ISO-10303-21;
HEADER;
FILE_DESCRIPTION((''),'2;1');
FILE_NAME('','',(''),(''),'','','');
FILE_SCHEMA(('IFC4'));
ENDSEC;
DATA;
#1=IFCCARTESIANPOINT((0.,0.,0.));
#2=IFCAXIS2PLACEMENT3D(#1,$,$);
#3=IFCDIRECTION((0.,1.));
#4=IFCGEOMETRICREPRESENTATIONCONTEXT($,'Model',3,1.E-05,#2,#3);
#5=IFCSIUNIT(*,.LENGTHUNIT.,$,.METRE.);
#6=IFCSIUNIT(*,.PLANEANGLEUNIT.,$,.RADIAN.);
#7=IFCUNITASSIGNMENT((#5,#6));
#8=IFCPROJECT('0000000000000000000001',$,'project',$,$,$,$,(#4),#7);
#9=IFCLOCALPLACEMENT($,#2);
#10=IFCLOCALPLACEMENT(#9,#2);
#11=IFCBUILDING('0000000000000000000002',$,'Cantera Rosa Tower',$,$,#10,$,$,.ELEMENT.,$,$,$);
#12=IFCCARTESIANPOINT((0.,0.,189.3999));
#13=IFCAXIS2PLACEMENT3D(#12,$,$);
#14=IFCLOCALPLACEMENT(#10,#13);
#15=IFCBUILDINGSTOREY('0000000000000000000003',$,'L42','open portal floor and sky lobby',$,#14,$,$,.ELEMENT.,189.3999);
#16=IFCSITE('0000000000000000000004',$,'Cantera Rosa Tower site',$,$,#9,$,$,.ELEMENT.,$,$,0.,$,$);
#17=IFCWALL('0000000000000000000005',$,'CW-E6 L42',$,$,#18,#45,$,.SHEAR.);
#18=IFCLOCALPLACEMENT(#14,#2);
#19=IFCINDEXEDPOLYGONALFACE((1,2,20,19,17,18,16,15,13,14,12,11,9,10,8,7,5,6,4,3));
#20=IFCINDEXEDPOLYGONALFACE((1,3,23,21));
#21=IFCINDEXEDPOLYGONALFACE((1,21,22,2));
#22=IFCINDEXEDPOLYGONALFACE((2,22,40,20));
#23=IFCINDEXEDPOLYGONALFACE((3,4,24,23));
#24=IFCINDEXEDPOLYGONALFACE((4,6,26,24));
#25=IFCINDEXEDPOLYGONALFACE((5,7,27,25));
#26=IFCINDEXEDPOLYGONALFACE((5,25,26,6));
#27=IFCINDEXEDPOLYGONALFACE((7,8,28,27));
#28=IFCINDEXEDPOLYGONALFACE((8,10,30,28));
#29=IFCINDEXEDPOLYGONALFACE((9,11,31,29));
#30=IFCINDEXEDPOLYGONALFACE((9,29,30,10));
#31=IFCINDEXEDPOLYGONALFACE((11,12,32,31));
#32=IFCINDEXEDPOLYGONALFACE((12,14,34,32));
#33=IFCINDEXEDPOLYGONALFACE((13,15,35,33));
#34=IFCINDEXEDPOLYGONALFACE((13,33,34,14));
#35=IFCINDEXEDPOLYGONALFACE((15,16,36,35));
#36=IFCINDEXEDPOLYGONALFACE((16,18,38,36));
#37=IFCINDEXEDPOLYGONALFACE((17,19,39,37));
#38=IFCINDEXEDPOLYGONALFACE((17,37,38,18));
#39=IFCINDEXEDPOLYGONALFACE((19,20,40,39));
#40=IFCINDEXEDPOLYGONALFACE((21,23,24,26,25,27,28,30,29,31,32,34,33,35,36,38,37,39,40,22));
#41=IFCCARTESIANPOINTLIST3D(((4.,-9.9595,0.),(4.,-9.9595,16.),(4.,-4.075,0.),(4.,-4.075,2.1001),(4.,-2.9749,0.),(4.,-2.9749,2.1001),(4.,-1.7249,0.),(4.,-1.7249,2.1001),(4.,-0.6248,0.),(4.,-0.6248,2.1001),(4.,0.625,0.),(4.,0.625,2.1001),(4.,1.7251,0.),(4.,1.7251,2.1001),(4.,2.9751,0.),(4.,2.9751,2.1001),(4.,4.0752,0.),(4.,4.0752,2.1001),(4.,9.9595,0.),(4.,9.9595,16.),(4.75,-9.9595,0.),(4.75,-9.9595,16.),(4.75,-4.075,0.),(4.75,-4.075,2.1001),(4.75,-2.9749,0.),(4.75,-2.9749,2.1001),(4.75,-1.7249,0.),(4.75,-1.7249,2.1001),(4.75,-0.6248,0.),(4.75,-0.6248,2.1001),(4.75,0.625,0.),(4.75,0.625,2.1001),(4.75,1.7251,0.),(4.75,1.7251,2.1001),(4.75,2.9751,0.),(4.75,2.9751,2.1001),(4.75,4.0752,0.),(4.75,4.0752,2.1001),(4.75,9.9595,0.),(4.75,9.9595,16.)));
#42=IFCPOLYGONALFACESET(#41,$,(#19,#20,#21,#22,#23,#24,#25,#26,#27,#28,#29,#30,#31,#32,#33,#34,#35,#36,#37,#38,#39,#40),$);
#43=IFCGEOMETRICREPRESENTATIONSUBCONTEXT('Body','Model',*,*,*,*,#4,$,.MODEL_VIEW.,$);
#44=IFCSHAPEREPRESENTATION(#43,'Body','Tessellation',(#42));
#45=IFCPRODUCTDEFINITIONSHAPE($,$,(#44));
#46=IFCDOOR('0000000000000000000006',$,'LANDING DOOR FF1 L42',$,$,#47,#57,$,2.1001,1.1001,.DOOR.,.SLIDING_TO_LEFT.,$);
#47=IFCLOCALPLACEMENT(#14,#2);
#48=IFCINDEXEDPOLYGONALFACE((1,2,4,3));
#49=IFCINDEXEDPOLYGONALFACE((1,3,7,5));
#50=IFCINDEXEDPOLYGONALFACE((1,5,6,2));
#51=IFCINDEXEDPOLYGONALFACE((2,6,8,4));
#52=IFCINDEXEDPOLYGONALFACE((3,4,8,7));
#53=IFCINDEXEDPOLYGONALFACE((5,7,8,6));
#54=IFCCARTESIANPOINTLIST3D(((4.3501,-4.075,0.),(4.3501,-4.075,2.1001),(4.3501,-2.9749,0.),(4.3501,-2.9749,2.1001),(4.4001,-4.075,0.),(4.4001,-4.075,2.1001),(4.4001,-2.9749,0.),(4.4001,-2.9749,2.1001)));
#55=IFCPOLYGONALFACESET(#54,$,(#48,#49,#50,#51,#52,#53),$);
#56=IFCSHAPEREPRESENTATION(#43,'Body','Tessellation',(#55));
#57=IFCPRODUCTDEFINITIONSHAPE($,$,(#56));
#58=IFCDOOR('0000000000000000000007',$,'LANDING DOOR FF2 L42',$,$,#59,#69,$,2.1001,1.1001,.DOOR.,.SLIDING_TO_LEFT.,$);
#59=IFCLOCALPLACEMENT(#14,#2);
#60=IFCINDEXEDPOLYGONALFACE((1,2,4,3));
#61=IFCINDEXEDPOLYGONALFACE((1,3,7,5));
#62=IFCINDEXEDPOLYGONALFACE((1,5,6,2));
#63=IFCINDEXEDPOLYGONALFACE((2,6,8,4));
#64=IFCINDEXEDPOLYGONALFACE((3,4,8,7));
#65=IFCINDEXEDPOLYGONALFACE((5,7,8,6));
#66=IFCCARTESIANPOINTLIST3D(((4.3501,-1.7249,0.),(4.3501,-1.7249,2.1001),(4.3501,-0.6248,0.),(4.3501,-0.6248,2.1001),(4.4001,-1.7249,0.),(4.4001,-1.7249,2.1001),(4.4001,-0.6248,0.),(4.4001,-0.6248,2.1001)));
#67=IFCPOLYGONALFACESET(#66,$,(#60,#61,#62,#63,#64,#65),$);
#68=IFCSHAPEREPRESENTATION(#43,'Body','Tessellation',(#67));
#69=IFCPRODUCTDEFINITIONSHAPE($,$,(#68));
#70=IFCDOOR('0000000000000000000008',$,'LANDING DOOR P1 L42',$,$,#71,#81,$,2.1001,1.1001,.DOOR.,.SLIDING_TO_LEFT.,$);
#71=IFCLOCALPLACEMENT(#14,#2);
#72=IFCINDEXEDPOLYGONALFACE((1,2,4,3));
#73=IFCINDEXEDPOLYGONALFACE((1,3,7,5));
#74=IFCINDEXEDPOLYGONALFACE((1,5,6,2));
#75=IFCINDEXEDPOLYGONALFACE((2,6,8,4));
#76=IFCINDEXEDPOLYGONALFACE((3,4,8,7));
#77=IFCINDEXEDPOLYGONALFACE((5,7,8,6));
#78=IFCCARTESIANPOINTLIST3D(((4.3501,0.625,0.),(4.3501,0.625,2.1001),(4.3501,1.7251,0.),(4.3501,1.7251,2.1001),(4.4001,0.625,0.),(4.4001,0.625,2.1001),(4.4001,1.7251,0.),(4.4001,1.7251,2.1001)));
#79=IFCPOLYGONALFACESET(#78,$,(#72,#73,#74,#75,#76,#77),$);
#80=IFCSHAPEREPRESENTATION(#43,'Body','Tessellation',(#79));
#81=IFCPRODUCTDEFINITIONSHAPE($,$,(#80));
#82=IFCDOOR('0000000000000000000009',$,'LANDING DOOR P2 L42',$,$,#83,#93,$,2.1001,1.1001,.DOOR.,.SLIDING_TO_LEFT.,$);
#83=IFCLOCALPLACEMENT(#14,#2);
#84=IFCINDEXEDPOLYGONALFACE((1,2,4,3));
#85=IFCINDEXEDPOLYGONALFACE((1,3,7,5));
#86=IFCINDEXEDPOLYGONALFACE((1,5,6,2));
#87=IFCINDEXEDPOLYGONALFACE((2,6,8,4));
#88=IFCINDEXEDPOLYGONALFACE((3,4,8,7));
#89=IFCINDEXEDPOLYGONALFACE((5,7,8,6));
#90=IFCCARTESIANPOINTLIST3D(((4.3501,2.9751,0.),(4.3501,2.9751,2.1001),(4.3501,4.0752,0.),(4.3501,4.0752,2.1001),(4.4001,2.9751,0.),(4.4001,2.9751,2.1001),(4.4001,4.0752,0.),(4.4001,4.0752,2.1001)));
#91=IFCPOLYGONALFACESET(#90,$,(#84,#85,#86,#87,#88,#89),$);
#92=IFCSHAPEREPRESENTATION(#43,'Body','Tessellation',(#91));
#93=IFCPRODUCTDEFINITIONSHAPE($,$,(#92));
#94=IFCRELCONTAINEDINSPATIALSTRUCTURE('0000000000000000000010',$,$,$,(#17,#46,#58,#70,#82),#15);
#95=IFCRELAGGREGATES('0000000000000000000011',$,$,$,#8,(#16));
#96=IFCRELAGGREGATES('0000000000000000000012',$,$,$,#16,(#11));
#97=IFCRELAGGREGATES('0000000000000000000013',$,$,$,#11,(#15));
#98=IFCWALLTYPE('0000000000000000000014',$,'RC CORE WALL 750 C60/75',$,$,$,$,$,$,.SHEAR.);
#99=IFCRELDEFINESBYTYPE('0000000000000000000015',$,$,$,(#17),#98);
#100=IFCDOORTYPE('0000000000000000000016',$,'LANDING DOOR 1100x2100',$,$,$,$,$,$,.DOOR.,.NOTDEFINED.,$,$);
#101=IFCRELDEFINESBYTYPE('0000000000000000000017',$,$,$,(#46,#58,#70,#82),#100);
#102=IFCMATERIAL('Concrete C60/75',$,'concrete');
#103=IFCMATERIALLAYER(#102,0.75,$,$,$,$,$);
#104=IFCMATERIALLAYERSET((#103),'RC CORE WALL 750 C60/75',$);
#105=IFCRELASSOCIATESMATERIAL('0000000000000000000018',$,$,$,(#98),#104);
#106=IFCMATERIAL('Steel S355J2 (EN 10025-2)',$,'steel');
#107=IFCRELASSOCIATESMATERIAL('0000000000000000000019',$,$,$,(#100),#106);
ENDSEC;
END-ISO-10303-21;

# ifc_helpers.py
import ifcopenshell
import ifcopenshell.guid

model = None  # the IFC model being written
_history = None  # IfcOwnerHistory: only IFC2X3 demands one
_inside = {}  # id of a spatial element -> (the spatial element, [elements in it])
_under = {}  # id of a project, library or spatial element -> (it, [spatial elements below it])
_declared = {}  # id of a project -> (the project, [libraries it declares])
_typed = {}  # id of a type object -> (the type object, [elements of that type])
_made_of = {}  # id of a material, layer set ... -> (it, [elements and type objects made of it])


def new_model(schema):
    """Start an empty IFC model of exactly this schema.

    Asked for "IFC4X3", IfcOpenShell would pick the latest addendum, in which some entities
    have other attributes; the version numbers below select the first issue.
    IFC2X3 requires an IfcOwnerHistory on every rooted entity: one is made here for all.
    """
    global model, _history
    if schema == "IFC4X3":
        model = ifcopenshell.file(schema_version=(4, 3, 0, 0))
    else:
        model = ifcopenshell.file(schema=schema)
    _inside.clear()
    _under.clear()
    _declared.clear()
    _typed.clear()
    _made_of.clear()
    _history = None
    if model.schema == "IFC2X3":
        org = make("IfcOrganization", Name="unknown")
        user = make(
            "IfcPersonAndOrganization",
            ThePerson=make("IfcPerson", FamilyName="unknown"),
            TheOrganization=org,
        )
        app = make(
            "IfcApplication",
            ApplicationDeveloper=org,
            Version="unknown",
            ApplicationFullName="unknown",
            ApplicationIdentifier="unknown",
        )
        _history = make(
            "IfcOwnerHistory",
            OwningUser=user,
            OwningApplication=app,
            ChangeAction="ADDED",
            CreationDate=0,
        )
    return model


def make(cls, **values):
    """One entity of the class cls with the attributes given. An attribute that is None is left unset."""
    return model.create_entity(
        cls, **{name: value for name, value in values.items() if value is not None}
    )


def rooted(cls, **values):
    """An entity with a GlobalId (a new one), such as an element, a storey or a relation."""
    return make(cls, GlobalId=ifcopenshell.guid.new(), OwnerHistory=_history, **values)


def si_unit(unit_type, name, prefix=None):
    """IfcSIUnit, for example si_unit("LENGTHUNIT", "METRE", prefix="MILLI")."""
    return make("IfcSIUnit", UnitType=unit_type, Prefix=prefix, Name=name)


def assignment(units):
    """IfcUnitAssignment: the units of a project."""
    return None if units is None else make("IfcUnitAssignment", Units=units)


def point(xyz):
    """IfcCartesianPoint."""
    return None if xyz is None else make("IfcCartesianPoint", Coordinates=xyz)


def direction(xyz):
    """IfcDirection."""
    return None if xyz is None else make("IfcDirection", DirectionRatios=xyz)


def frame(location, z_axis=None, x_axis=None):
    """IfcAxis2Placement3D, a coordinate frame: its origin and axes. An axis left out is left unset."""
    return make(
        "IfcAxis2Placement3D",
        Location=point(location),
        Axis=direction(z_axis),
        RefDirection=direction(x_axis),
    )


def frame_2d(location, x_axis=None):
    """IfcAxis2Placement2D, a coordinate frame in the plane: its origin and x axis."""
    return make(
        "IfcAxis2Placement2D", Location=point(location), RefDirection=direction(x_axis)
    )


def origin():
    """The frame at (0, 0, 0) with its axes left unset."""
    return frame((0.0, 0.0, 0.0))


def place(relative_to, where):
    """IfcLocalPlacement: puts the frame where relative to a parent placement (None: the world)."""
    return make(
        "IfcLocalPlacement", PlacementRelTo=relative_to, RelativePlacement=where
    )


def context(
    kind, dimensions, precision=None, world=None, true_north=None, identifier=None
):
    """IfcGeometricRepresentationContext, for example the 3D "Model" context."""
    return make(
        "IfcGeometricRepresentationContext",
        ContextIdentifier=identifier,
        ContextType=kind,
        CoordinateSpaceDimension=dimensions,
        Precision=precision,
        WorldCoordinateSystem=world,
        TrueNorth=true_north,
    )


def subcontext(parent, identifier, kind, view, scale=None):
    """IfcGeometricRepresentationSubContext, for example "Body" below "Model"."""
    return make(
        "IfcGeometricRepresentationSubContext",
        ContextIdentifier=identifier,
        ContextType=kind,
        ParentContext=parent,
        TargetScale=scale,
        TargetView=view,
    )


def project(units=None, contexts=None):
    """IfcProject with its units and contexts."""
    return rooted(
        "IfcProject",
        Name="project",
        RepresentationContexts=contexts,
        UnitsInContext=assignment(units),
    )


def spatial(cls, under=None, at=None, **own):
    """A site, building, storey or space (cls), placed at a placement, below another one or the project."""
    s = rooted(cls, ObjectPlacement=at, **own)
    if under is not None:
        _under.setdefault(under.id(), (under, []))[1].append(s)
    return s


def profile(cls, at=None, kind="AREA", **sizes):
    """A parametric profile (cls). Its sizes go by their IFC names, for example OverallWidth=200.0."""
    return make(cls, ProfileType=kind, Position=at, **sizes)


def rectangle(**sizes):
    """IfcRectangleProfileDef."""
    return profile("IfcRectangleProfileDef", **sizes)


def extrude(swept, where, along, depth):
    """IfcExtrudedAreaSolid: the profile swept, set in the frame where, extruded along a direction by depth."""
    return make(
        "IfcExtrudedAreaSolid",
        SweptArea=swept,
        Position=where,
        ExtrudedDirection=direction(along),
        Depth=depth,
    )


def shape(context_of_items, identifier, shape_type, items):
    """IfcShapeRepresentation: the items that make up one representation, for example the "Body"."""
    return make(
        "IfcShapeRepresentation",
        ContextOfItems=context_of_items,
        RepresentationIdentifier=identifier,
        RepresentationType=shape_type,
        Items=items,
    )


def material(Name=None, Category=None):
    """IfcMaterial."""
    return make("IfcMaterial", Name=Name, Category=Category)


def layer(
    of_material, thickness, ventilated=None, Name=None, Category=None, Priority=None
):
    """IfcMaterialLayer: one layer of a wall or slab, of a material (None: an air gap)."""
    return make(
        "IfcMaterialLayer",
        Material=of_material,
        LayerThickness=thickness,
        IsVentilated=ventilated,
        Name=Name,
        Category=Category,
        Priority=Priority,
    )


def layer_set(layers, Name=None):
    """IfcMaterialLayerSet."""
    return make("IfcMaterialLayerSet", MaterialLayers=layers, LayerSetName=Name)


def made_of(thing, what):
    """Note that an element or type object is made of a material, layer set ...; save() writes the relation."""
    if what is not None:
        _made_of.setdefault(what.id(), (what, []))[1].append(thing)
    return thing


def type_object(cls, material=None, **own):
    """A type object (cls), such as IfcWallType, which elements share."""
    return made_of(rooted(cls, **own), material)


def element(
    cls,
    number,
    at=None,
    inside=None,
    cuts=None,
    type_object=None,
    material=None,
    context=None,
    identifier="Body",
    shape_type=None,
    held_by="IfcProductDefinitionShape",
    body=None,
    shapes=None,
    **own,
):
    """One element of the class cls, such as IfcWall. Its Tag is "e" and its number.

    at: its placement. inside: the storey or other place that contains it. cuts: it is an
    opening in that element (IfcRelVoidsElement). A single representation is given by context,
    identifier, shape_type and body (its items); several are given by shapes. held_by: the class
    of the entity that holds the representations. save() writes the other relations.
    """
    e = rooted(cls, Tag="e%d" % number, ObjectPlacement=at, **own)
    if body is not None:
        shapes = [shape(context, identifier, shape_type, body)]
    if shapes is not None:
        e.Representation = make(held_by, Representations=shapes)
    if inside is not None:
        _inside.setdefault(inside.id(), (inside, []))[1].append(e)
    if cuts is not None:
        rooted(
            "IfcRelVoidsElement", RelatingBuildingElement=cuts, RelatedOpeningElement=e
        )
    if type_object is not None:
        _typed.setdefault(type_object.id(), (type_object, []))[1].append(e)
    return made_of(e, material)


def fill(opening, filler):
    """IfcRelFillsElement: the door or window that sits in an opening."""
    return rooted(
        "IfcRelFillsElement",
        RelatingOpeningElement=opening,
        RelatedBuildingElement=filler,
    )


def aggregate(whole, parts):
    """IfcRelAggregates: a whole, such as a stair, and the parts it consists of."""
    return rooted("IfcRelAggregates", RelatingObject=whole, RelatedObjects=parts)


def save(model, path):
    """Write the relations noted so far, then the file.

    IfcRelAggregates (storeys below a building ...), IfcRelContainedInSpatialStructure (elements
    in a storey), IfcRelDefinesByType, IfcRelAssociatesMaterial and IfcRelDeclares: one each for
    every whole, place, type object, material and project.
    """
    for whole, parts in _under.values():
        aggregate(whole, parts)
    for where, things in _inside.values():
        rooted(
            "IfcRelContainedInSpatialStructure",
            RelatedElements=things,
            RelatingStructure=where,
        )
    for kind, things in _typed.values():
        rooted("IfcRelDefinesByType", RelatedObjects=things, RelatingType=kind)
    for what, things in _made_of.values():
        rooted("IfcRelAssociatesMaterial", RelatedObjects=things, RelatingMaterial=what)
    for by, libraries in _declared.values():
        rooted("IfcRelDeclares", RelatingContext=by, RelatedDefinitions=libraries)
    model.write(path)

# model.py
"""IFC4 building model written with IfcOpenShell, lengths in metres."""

from ifc_helpers import new_model, si_unit, direction, frame, frame_2d, origin, place, context, subcontext, project, spatial, rectangle, extrude, material, layer, layer_set, type_object, element, fill, save


model = new_model("IFC4")

# Units and contexts
model_context = context("Model", 3, precision=1e-05, world=origin(), true_north=direction((0.0, 1.0)))
body_context = subcontext(model_context, "Body", "Model", "MODEL_VIEW")
ifc_project = project(units=[si_unit("LENGTHUNIT", "METRE"), si_unit("PLANEANGLEUNIT", "RADIAN")], contexts=[model_context])

# Site, building, storey
site_placement = place(None, origin())
site = spatial("IfcSite", under=ifc_project, at=site_placement, Name="Cantera Rosa Tower site", CompositionType="ELEMENT", RefElevation=0.0)
building_placement = place(site_placement, origin())
building = spatial("IfcBuilding", under=site, at=building_placement, Name="Cantera Rosa Tower", CompositionType="ELEMENT")
storey_placement = place(building_placement, frame((0.0, 0.0, 189.3999)))
storey = spatial("IfcBuildingStorey", under=building, at=storey_placement, Name="L42", Description="open portal floor and sky lobby", CompositionType="ELEMENT", Elevation=189.3999)

# Shared definitions
ifc_material_1 = material(Name="Concrete C60/75", Category="concrete")
ifc_layer_1 = layer(ifc_material_1, 0.75)
ifc_layer_set_1 = layer_set([ifc_layer_1], Name="RC CORE WALL 750 C60/75")
wall_type_1 = type_object("IfcWallType", Name="RC CORE WALL 750 C60/75", PredefinedType="SHEAR", material=ifc_layer_set_1)

# Wall, openings, doors
wall_1_placement = place(storey_placement, frame((4.375, -9.9595, 0.0), z_axis=(0.0, 0.0, 1.0), x_axis=(0.0, 1.0, 0.0)))
wall_1 = element("IfcWall", 1, at=wall_1_placement, inside=storey, type_object=wall_type_1, Name="CW-E6 L42", PredefinedType="SHEAR", context=body_context, shape_type="SweptSolid", body=[
    extrude(rectangle(XDim=19.9189, YDim=0.75, at=frame_2d((9.9595, 0.0))), origin(), (0.0, 0.0, 1.0), 16.0),
])
opening_1_placement = place(wall_1_placement, frame((5.8845, 0.0, 0.0)))
opening_1 = element("IfcOpeningElement", 2, at=opening_1_placement, cuts=wall_1, PredefinedType="OPENING", context=body_context, shape_type="SweptSolid", body=[
    extrude(rectangle(XDim=1.1001, YDim=2.1001, at=frame_2d((0.55, 1.05))), frame((0.0, 0.385, 0.0), z_axis=(0.0, -1.0, 0.0), x_axis=(1.0, 0.0, 0.0)), (0.0, 0.0, 1.0), 0.77),
])
opening_2_placement = place(wall_1_placement, frame((8.2346, 0.0, 0.0)))
opening_2 = element("IfcOpeningElement", 3, at=opening_2_placement, cuts=wall_1, PredefinedType="OPENING", context=body_context, shape_type="SweptSolid", body=[
    extrude(rectangle(XDim=1.1001, YDim=2.1001, at=frame_2d((0.55, 1.05))), frame((0.0, 0.385, 0.0), z_axis=(0.0, -1.0, 0.0), x_axis=(1.0, 0.0, 0.0)), (0.0, 0.0, 1.0), 0.77),
])
opening_3_placement = place(wall_1_placement, frame((10.5845, 0.0, 0.0)))
opening_3 = element("IfcOpeningElement", 4, at=opening_3_placement, cuts=wall_1, PredefinedType="OPENING", context=body_context, shape_type="SweptSolid", body=[
    extrude(rectangle(XDim=1.1001, YDim=2.1001, at=frame_2d((0.55, 1.05))), frame((0.0, 0.385, 0.0), z_axis=(0.0, -1.0, 0.0), x_axis=(1.0, 0.0, 0.0)), (0.0, 0.0, 1.0), 0.77),
])
opening_4_placement = place(wall_1_placement, frame((12.9346, 0.0, 0.0)))
opening_4 = element("IfcOpeningElement", 5, at=opening_4_placement, cuts=wall_1, PredefinedType="OPENING", context=body_context, shape_type="SweptSolid", body=[
    extrude(rectangle(XDim=1.1001, YDim=2.1001, at=frame_2d((0.55, 1.05))), frame((0.0, 0.385, 0.0), z_axis=(0.0, -1.0, 0.0), x_axis=(1.0, 0.0, 0.0)), (0.0, 0.0, 1.0), 0.77),
])
ifc_material_2 = material(Name="Steel S355J2 (EN 10025-2)", Category="steel")
door_type_1 = type_object("IfcDoorType", Name="LANDING DOOR 1100x2100", OperationType="NOTDEFINED", PredefinedType="DOOR", material=ifc_material_2)
door_1_placement = place(opening_1_placement, origin())
door_1 = element("IfcDoor", 6, at=door_1_placement, inside=storey, type_object=door_type_1, Name="LANDING DOOR FF1 L42", OperationType="SLIDING_TO_LEFT", OverallHeight=2.1001, OverallWidth=1.1001, PredefinedType="DOOR", context=body_context, shape_type="SweptSolid", body=[
    extrude(rectangle(XDim=1.1001, YDim=2.1001, at=frame_2d((0.55, 1.05))), frame((0.0, 0.0249, 0.0), z_axis=(0.0, -1.0, 0.0), x_axis=(1.0, 0.0, 0.0)), (0.0, 0.0, 1.0), 0.05),
])
fill(opening_1, door_1)
door_2_placement = place(opening_2_placement, origin())
door_2 = element("IfcDoor", 7, at=door_2_placement, inside=storey, type_object=door_type_1, Name="LANDING DOOR FF2 L42", OperationType="SLIDING_TO_LEFT", OverallHeight=2.1001, OverallWidth=1.1001, PredefinedType="DOOR", context=body_context, shape_type="SweptSolid", body=[
    extrude(rectangle(XDim=1.1001, YDim=2.1001, at=frame_2d((0.55, 1.05))), frame((0.0, 0.0249, 0.0), z_axis=(0.0, -1.0, 0.0), x_axis=(1.0, 0.0, 0.0)), (0.0, 0.0, 1.0), 0.05),
])
fill(opening_2, door_2)
door_3_placement = place(opening_3_placement, origin())
door_3 = element("IfcDoor", 8, at=door_3_placement, inside=storey, type_object=door_type_1, Name="LANDING DOOR P1 L42", OperationType="SLIDING_TO_LEFT", OverallHeight=2.1001, OverallWidth=1.1001, PredefinedType="DOOR", context=body_context, shape_type="SweptSolid", body=[
    extrude(rectangle(XDim=1.1001, YDim=2.1001, at=frame_2d((0.55, 1.05))), frame((0.0, 0.0249, 0.0), z_axis=(0.0, -1.0, 0.0), x_axis=(1.0, 0.0, 0.0)), (0.0, 0.0, 1.0), 0.05),
])
fill(opening_3, door_3)
door_4_placement = place(opening_4_placement, origin())
door_4 = element("IfcDoor", 9, at=door_4_placement, inside=storey, type_object=door_type_1, Name="LANDING DOOR P2 L42", OperationType="SLIDING_TO_LEFT", OverallHeight=2.1001, OverallWidth=1.1001, PredefinedType="DOOR", context=body_context, shape_type="SweptSolid", body=[
    extrude(rectangle(XDim=1.1001, YDim=2.1001, at=frame_2d((0.55, 1.05))), frame((0.0, 0.0249, 0.0), z_axis=(0.0, -1.0, 0.0), x_axis=(1.0, 0.0, 0.0)), (0.0, 0.0, 1.0), 0.05),
])
fill(opening_4, door_4)

save(model, "model.ifc")
